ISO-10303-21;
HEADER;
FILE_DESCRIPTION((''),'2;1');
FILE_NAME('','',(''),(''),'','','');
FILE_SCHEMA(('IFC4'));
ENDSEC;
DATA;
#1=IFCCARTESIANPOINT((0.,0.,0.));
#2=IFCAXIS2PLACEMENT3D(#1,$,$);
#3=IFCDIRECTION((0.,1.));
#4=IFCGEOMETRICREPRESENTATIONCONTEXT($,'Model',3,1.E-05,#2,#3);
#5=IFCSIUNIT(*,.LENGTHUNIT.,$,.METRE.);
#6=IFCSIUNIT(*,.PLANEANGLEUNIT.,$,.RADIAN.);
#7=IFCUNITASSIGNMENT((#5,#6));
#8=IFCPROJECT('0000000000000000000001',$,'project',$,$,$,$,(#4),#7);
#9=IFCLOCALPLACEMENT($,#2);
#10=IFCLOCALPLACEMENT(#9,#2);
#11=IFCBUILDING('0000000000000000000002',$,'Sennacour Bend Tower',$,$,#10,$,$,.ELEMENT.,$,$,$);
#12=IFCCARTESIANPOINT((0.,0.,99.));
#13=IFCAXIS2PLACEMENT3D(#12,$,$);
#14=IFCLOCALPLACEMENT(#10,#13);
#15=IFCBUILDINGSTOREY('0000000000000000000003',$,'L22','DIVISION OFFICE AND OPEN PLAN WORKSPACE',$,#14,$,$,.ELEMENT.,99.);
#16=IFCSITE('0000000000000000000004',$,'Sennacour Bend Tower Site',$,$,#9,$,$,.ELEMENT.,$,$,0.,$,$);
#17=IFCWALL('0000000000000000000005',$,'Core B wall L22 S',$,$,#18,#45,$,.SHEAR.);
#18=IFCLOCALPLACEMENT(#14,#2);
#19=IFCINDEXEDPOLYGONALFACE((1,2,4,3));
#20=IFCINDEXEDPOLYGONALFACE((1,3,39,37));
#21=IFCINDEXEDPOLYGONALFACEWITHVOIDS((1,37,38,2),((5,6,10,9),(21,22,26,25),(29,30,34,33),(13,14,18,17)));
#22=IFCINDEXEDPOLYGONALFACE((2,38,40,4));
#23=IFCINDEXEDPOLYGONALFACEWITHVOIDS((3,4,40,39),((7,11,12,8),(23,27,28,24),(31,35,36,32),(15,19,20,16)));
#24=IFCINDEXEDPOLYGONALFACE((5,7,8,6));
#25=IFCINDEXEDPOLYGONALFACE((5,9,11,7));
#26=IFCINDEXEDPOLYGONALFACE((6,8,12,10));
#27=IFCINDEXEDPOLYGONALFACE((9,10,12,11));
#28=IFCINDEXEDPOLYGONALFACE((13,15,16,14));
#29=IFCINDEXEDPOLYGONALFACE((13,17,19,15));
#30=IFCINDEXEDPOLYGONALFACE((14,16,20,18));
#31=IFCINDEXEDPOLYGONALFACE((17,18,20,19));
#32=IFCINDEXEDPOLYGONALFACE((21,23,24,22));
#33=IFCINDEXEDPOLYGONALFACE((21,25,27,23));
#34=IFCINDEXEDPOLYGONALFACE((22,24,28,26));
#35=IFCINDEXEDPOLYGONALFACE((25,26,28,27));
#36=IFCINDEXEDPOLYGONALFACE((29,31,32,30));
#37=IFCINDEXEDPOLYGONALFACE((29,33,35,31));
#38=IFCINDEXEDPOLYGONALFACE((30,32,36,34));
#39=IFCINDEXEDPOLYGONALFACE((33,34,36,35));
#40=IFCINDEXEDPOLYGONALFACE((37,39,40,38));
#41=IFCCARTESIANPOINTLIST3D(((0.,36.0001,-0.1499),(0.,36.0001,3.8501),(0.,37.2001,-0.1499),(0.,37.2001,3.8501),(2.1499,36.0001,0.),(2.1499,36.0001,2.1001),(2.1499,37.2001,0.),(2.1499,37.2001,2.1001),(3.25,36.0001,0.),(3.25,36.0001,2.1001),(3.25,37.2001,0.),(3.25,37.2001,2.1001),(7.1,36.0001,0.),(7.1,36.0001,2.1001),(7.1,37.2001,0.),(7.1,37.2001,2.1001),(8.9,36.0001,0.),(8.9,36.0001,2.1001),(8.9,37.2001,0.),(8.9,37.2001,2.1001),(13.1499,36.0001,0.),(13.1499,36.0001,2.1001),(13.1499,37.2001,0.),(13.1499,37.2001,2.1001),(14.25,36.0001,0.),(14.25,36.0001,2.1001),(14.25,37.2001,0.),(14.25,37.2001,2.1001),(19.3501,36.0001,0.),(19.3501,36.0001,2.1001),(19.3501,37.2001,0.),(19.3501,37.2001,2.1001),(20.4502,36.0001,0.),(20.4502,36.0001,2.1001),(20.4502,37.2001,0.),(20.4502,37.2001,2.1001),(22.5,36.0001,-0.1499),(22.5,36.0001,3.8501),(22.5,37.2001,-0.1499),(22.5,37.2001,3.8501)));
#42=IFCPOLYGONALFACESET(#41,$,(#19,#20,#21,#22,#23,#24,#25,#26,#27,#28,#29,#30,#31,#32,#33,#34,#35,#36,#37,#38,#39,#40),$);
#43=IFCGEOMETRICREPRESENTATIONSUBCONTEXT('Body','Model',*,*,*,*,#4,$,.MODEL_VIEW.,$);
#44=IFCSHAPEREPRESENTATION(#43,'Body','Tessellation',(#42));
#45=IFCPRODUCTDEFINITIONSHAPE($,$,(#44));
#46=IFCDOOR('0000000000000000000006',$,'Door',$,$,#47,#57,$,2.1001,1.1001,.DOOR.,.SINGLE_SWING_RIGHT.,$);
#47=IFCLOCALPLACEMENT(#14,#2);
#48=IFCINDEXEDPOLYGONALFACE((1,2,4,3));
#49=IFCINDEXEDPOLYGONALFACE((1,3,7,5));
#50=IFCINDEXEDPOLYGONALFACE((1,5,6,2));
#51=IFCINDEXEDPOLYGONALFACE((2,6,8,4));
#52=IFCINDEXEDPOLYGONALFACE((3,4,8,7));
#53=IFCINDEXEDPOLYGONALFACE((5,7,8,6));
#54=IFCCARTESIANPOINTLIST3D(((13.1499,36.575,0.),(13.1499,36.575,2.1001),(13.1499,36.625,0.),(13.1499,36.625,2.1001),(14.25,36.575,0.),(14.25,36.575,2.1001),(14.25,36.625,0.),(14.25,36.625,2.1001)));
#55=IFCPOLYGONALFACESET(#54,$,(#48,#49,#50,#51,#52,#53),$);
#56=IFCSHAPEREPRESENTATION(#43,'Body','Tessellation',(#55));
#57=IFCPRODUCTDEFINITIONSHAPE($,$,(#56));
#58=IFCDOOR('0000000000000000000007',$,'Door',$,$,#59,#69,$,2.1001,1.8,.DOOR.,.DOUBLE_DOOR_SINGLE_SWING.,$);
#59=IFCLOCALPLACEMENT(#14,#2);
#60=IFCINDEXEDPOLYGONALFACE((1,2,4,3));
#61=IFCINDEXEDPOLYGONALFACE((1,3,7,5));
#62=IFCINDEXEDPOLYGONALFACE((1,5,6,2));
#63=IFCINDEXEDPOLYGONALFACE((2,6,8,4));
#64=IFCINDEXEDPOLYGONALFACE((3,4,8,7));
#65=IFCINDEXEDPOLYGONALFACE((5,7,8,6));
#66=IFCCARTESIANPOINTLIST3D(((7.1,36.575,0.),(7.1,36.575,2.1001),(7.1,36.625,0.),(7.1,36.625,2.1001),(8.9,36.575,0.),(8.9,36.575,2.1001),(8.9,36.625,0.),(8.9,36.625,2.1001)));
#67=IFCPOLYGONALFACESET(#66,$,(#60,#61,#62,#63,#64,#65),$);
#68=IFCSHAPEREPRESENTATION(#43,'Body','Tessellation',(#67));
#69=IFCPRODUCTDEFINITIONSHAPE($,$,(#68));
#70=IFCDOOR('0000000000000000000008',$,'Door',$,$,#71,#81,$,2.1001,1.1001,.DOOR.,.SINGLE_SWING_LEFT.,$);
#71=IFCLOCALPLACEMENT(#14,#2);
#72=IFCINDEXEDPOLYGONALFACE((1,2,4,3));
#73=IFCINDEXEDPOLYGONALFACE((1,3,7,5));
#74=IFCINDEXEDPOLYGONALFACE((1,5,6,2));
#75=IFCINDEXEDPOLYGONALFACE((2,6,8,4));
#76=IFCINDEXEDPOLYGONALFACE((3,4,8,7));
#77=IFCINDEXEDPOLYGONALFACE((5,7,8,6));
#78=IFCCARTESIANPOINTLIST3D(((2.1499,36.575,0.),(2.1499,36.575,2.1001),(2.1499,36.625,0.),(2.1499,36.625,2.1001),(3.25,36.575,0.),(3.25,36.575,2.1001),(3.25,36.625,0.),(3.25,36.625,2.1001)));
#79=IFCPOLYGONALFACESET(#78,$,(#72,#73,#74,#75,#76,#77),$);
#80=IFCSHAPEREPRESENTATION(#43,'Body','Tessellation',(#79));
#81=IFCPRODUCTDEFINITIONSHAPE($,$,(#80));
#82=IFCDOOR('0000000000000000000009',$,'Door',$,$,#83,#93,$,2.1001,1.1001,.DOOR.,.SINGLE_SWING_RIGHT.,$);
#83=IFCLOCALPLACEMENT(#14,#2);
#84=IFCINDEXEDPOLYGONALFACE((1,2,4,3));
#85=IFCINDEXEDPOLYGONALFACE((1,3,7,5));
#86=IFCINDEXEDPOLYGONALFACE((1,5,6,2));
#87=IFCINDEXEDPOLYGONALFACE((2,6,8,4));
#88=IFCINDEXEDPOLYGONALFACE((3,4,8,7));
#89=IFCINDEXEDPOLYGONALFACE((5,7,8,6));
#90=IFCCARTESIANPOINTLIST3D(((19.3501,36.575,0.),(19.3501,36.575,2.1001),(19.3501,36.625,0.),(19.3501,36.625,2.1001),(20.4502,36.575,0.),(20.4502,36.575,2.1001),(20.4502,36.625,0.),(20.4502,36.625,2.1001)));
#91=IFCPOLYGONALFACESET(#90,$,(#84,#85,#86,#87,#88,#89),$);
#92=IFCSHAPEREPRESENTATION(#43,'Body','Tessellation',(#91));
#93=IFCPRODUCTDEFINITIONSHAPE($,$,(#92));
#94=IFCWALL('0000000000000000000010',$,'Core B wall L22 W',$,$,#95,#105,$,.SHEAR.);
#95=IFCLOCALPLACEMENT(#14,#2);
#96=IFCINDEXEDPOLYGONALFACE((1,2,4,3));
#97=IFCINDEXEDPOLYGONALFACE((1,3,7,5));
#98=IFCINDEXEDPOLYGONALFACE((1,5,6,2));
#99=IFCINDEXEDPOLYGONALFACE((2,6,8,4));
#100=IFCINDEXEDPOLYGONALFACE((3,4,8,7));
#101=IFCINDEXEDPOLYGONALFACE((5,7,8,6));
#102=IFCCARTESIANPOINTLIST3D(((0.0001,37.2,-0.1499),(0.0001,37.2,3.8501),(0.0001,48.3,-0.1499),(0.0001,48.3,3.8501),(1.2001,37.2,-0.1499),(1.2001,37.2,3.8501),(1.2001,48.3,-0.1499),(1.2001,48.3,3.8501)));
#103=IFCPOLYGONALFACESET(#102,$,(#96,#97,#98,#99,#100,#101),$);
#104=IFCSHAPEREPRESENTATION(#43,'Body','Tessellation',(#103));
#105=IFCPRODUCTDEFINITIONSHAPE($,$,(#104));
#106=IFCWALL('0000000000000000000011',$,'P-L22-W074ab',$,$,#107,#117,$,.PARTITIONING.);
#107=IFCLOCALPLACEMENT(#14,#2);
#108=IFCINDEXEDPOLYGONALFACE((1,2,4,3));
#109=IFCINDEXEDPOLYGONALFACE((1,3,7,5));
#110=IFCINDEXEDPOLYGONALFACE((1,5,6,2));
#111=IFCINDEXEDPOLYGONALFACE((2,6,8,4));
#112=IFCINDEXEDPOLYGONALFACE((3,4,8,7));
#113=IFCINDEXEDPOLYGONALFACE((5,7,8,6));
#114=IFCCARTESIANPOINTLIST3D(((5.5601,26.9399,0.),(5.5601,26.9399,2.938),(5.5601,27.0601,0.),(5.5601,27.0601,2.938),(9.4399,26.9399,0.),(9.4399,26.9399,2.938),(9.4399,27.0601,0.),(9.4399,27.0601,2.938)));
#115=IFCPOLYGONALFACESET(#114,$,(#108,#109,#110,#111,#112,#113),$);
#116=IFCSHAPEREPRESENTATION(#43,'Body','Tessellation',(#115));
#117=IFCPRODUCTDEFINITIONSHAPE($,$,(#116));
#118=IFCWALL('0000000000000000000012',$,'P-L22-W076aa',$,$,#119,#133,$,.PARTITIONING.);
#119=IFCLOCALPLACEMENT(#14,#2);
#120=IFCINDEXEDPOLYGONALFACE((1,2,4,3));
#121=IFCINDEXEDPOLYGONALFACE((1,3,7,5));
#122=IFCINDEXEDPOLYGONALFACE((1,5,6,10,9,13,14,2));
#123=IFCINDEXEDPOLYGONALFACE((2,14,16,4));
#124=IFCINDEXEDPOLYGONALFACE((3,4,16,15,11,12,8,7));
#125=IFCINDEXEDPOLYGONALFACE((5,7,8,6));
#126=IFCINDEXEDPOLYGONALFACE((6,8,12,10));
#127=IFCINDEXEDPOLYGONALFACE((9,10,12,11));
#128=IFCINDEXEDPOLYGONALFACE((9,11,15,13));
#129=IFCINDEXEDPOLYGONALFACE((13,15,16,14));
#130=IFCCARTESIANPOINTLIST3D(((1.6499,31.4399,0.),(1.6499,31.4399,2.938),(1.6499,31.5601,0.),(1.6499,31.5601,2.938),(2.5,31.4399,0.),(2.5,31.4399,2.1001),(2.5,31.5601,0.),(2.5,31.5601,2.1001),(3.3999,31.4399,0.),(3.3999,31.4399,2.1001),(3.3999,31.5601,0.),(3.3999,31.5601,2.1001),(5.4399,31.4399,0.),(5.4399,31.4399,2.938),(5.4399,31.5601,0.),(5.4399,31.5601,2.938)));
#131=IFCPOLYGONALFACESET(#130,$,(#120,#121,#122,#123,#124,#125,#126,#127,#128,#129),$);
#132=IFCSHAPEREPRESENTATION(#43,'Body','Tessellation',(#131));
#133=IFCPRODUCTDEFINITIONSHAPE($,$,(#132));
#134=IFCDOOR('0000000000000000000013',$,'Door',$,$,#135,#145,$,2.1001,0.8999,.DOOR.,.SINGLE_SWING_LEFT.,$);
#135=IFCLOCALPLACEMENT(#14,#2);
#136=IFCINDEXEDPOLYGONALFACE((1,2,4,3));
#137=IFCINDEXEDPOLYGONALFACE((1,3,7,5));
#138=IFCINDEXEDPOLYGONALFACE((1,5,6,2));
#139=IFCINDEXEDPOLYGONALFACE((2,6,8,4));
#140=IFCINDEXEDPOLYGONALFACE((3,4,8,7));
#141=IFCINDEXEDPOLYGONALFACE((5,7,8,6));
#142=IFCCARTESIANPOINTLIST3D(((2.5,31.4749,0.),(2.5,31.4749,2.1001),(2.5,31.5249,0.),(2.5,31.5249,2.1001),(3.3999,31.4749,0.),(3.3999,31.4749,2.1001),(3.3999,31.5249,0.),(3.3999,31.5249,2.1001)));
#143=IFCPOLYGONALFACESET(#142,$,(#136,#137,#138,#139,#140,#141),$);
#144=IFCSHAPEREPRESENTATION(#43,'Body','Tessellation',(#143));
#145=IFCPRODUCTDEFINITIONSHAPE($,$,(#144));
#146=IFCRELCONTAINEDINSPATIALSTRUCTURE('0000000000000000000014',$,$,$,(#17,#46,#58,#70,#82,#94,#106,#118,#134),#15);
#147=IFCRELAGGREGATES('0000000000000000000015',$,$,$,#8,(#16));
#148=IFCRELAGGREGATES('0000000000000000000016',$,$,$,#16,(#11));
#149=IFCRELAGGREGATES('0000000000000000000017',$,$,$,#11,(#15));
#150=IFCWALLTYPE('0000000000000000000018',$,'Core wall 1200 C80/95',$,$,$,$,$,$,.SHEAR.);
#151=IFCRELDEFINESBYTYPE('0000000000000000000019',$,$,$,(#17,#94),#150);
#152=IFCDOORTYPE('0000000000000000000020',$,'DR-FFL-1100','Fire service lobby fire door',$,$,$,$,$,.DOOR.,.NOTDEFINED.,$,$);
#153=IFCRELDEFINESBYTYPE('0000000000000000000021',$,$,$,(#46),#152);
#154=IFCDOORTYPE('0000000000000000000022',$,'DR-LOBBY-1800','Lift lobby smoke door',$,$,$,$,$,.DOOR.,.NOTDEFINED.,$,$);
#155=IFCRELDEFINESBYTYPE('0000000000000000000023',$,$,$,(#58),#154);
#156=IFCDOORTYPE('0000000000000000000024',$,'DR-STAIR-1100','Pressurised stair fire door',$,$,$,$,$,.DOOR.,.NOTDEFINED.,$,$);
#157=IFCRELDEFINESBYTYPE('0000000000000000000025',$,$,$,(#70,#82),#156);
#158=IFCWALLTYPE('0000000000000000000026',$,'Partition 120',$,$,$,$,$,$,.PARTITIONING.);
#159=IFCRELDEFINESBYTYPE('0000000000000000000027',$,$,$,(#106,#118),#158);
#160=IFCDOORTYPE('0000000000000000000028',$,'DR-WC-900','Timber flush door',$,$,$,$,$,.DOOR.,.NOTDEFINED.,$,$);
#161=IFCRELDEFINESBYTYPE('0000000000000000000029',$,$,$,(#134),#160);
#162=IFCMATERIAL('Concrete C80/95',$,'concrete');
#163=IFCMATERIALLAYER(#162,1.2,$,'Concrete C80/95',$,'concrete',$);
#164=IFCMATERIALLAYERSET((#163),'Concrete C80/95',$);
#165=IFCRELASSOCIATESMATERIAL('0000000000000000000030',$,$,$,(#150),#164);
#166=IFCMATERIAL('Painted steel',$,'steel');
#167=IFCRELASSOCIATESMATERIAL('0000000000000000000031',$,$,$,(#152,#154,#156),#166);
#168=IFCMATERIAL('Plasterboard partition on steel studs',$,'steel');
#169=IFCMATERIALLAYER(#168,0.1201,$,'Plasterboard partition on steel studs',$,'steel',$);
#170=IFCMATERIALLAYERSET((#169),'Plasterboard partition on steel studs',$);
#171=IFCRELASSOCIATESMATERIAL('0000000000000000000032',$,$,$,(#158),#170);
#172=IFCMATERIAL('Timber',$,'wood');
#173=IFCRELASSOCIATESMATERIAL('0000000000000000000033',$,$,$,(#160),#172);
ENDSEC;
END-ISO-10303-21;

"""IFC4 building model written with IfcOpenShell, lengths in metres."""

from ifc_helpers import new_model, si_unit, direction, frame, frame_2d, origin, place, context, subcontext, project, spatial, rectangle, extrude, material, layer, layer_set, type_object, element, fill, save


model = new_model("IFC4")

# Units and contexts
model_context = context("Model", 3, precision=1e-05, world=origin(), true_north=direction((0.0, 1.0)))
body_context = subcontext(model_context, "Body", "Model", "MODEL_VIEW")
ifc_project = project(units=[si_unit("LENGTHUNIT", "METRE"), si_unit("PLANEANGLEUNIT", "RADIAN")], contexts=[model_context])

# Site, building, storey
site_placement = place(None, origin())
site = spatial("IfcSite", under=ifc_project, at=site_placement, Name="Sennacour Bend Tower Site", CompositionType="ELEMENT", RefElevation=0.0)
building_placement = place(site_placement, origin())
building = spatial("IfcBuilding", under=site, at=building_placement, Name="Sennacour Bend Tower", CompositionType="ELEMENT")
storey_placement = place(building_placement, frame((0.0, 0.0, 99.0)))
storey = spatial("IfcBuildingStorey", under=building, at=storey_placement, Name="L22", Description="DIVISION OFFICE AND OPEN PLAN WORKSPACE", CompositionType="ELEMENT", Elevation=99.0)

# Wall, openings, doors
ifc_material_1 = material(Name="Concrete C80/95", Category="concrete")
ifc_layer_1 = layer(ifc_material_1, 1.2, Name="Concrete C80/95", Category="concrete")
ifc_layer_set_1 = layer_set([ifc_layer_1], Name="Concrete C80/95")
wall_type_1 = type_object("IfcWallType", Name="Core wall 1200 C80/95", PredefinedType="SHEAR", material=ifc_layer_set_1)
wall_1_placement = place(storey_placement, frame((0.0, 36.6001, -0.1499), z_axis=(0.0, 0.0, 1.0), x_axis=(1.0, 0.0, 0.0)))
wall_1 = element("IfcWall", 1, at=wall_1_placement, inside=storey, type_object=wall_type_1, Name="Core B wall L22 S", PredefinedType="SHEAR", context=body_context, shape_type="SweptSolid", body=[
    extrude(rectangle(XDim=22.5, YDim=1.2, at=frame_2d((11.25, 0.0))), origin(), (0.0, 0.0, 1.0), 4.0),
])
opening_1_placement = place(wall_1_placement, frame((7.1001, 0.0, 0.1499)))
opening_1 = element("IfcOpeningElement", 2, at=opening_1_placement, cuts=wall_1, PredefinedType="OPENING", context=body_context, shape_type="SweptSolid", body=[
    extrude(rectangle(XDim=1.8, YDim=2.1001, at=frame_2d((0.8999, 1.05))), frame((0.0, 0.6099, 0.0), z_axis=(0.0, -1.0, 0.0), x_axis=(1.0, 0.0, 0.0)), (0.0, 0.0, 1.0), 1.22),
])
opening_2_placement = place(wall_1_placement, frame((13.1499, 0.0, 0.1499)))
opening_2 = element("IfcOpeningElement", 3, at=opening_2_placement, cuts=wall_1, PredefinedType="OPENING", context=body_context, shape_type="SweptSolid", body=[
    extrude(rectangle(XDim=1.1001, YDim=2.1001, at=frame_2d((0.55, 1.05))), frame((0.0, 0.6099, 0.0), z_axis=(0.0, -1.0, 0.0), x_axis=(1.0, 0.0, 0.0)), (0.0, 0.0, 1.0), 1.22),
])
opening_3_placement = place(wall_1_placement, frame((2.1499, 0.0, 0.1499)))
opening_3 = element("IfcOpeningElement", 4, at=opening_3_placement, cuts=wall_1, PredefinedType="OPENING", context=body_context, shape_type="SweptSolid", body=[
    extrude(rectangle(XDim=1.1001, YDim=2.1001, at=frame_2d((0.55, 1.05))), frame((0.0, 0.6099, 0.0), z_axis=(0.0, -1.0, 0.0), x_axis=(1.0, 0.0, 0.0)), (0.0, 0.0, 1.0), 1.22),
])
opening_4_placement = place(wall_1_placement, frame((19.3501, 0.0, 0.1499)))
opening_4 = element("IfcOpeningElement", 5, at=opening_4_placement, cuts=wall_1, PredefinedType="OPENING", context=body_context, shape_type="SweptSolid", body=[
    extrude(rectangle(XDim=1.1001, YDim=2.1001, at=frame_2d((0.55, 1.05))), frame((0.0, 0.6099, 0.0), z_axis=(0.0, -1.0, 0.0), x_axis=(1.0, 0.0, 0.0)), (0.0, 0.0, 1.0), 1.22),
])
ifc_material_2 = material(Name="Painted steel", Category="steel")
door_type_1 = type_object("IfcDoorType", Name="DR-FFL-1100", Description="Fire service lobby fire door", OperationType="NOTDEFINED", PredefinedType="DOOR", material=ifc_material_2)
door_1_placement = place(opening_2_placement, origin())
door_1 = element("IfcDoor", 6, at=door_1_placement, inside=storey, type_object=door_type_1, Name="Door", OperationType="SINGLE_SWING_RIGHT", OverallHeight=2.1001, OverallWidth=1.1001, PredefinedType="DOOR", context=body_context, shape_type="SweptSolid", body=[
    extrude(rectangle(XDim=1.1001, YDim=2.1001, at=frame_2d((0.55, 1.05))), frame((0.0, 0.0249, 0.0), z_axis=(0.0, -1.0, 0.0), x_axis=(1.0, 0.0, 0.0)), (0.0, 0.0, 1.0), 0.05),
])
fill(opening_2, door_1)
door_type_2 = type_object("IfcDoorType", Name="DR-LOBBY-1800", Description="Lift lobby smoke door", OperationType="NOTDEFINED", PredefinedType="DOOR", material=ifc_material_2)
door_2_placement = place(opening_1_placement, origin())
door_2 = element("IfcDoor", 7, at=door_2_placement, inside=storey, type_object=door_type_2, Name="Door", OperationType="DOUBLE_DOOR_SINGLE_SWING", OverallHeight=2.1001, OverallWidth=1.8, PredefinedType="DOOR", context=body_context, shape_type="SweptSolid", body=[
    extrude(rectangle(XDim=1.8, YDim=2.1001, at=frame_2d((0.8999, 1.05))), frame((0.0, 0.0249, 0.0), z_axis=(0.0, -1.0, 0.0), x_axis=(1.0, 0.0, 0.0)), (0.0, 0.0, 1.0), 0.05),
])
fill(opening_1, door_2)
door_type_3 = type_object("IfcDoorType", Name="DR-STAIR-1100", Description="Pressurised stair fire door", OperationType="NOTDEFINED", PredefinedType="DOOR", material=ifc_material_2)
door_3_placement = place(opening_3_placement, origin())
door_3 = element("IfcDoor", 8, at=door_3_placement, inside=storey, type_object=door_type_3, Name="Door", OperationType="SINGLE_SWING_LEFT", OverallHeight=2.1001, OverallWidth=1.1001, PredefinedType="DOOR", context=body_context, shape_type="SweptSolid", body=[
    extrude(rectangle(XDim=1.1001, YDim=2.1001, at=frame_2d((0.55, 1.05))), frame((0.0, 0.0249, 0.0), z_axis=(0.0, -1.0, 0.0), x_axis=(1.0, 0.0, 0.0)), (0.0, 0.0, 1.0), 0.05),
])
fill(opening_3, door_3)
door_4_placement = place(opening_4_placement, origin())
door_4 = element("IfcDoor", 9, at=door_4_placement, inside=storey, type_object=door_type_3, Name="Door", OperationType="SINGLE_SWING_RIGHT", OverallHeight=2.1001, OverallWidth=1.1001, PredefinedType="DOOR", context=body_context, shape_type="SweptSolid", body=[
    extrude(rectangle(XDim=1.1001, YDim=2.1001, at=frame_2d((0.55, 1.05))), frame((0.0, 0.0249, 0.0), z_axis=(0.0, -1.0, 0.0), x_axis=(1.0, 0.0, 0.0)), (0.0, 0.0, 1.0), 0.05),
])
fill(opening_4, door_4)

# Walls
wall_2_placement = place(storey_placement, frame((0.6001, 37.2, -0.1499), z_axis=(0.0, 0.0, 1.0), x_axis=(0.0, 1.0, 0.0)))
element("IfcWall", 10, at=wall_2_placement, inside=storey, type_object=wall_type_1, Name="Core B wall L22 W", PredefinedType="SHEAR", context=body_context, shape_type="SweptSolid", body=[
    extrude(rectangle(XDim=11.1001, YDim=1.2, at=frame_2d((5.55, 0.0))), origin(), (0.0, 0.0, 1.0), 4.0),
])
ifc_material_3 = material(Name="Plasterboard partition on steel studs", Category="steel")
ifc_layer_2 = layer(ifc_material_3, 0.1201, Name="Plasterboard partition on steel studs", Category="steel")
ifc_layer_set_2 = layer_set([ifc_layer_2], Name="Plasterboard partition on steel studs")
wall_type_2 = type_object("IfcWallType", Name="Partition 120", PredefinedType="PARTITIONING", material=ifc_layer_set_2)
wall_3_placement = place(storey_placement, frame((5.5601, 27.0, 0.0), z_axis=(0.0, 0.0, 1.0), x_axis=(1.0, 0.0, 0.0)))
element("IfcWall", 11, at=wall_3_placement, inside=storey, type_object=wall_type_2, Name="P-L22-W074ab", PredefinedType="PARTITIONING", context=body_context, shape_type="SweptSolid", body=[
    extrude(rectangle(XDim=3.8799, YDim=0.1201, at=frame_2d((1.9399, 0.0))), origin(), (0.0, 0.0, 1.0), 2.938),
])

# Wall, opening, door
wall_4_placement = place(storey_placement, frame((1.6499, 31.5, 0.0), z_axis=(0.0, 0.0, 1.0), x_axis=(1.0, 0.0, 0.0)))
wall_4 = element("IfcWall", 12, at=wall_4_placement, inside=storey, type_object=wall_type_2, Name="P-L22-W076aa", PredefinedType="PARTITIONING", context=body_context, shape_type="SweptSolid", body=[
    extrude(rectangle(XDim=3.79, YDim=0.1201, at=frame_2d((1.895, 0.0))), origin(), (0.0, 0.0, 1.0), 2.938),
])
opening_5_placement = place(wall_4_placement, frame((0.8501, 0.0, 0.0)))
opening_5 = element("IfcOpeningElement", 13, at=opening_5_placement, cuts=wall_4, PredefinedType="OPENING", context=body_context, shape_type="SweptSolid", body=[
    extrude(rectangle(XDim=0.8999, YDim=2.1001, at=frame_2d((0.45, 1.05))), frame((0.0, 0.0701, 0.0), z_axis=(0.0, -1.0, 0.0), x_axis=(1.0, 0.0, 0.0)), (0.0, 0.0, 1.0), 0.1401),
])
ifc_material_4 = material(Name="Timber", Category="wood")
door_type_4 = type_object("IfcDoorType", Name="DR-WC-900", Description="Timber flush door", OperationType="NOTDEFINED", PredefinedType="DOOR", material=ifc_material_4)
door_5_placement = place(opening_5_placement, origin())
door_5 = element("IfcDoor", 14, at=door_5_placement, inside=storey, type_object=door_type_4, Name="Door", OperationType="SINGLE_SWING_LEFT", OverallHeight=2.1001, OverallWidth=0.8999, PredefinedType="DOOR", context=body_context, shape_type="SweptSolid", body=[
    extrude(rectangle(XDim=0.8999, YDim=2.1001, at=frame_2d((0.45, 1.05))), frame((0.0, 0.0249, 0.0), z_axis=(0.0, -1.0, 0.0), x_axis=(1.0, 0.0, 0.0)), (0.0, 0.0, 1.0), 0.05),
])
fill(opening_5, door_5)

save(model, "model.ifc")
